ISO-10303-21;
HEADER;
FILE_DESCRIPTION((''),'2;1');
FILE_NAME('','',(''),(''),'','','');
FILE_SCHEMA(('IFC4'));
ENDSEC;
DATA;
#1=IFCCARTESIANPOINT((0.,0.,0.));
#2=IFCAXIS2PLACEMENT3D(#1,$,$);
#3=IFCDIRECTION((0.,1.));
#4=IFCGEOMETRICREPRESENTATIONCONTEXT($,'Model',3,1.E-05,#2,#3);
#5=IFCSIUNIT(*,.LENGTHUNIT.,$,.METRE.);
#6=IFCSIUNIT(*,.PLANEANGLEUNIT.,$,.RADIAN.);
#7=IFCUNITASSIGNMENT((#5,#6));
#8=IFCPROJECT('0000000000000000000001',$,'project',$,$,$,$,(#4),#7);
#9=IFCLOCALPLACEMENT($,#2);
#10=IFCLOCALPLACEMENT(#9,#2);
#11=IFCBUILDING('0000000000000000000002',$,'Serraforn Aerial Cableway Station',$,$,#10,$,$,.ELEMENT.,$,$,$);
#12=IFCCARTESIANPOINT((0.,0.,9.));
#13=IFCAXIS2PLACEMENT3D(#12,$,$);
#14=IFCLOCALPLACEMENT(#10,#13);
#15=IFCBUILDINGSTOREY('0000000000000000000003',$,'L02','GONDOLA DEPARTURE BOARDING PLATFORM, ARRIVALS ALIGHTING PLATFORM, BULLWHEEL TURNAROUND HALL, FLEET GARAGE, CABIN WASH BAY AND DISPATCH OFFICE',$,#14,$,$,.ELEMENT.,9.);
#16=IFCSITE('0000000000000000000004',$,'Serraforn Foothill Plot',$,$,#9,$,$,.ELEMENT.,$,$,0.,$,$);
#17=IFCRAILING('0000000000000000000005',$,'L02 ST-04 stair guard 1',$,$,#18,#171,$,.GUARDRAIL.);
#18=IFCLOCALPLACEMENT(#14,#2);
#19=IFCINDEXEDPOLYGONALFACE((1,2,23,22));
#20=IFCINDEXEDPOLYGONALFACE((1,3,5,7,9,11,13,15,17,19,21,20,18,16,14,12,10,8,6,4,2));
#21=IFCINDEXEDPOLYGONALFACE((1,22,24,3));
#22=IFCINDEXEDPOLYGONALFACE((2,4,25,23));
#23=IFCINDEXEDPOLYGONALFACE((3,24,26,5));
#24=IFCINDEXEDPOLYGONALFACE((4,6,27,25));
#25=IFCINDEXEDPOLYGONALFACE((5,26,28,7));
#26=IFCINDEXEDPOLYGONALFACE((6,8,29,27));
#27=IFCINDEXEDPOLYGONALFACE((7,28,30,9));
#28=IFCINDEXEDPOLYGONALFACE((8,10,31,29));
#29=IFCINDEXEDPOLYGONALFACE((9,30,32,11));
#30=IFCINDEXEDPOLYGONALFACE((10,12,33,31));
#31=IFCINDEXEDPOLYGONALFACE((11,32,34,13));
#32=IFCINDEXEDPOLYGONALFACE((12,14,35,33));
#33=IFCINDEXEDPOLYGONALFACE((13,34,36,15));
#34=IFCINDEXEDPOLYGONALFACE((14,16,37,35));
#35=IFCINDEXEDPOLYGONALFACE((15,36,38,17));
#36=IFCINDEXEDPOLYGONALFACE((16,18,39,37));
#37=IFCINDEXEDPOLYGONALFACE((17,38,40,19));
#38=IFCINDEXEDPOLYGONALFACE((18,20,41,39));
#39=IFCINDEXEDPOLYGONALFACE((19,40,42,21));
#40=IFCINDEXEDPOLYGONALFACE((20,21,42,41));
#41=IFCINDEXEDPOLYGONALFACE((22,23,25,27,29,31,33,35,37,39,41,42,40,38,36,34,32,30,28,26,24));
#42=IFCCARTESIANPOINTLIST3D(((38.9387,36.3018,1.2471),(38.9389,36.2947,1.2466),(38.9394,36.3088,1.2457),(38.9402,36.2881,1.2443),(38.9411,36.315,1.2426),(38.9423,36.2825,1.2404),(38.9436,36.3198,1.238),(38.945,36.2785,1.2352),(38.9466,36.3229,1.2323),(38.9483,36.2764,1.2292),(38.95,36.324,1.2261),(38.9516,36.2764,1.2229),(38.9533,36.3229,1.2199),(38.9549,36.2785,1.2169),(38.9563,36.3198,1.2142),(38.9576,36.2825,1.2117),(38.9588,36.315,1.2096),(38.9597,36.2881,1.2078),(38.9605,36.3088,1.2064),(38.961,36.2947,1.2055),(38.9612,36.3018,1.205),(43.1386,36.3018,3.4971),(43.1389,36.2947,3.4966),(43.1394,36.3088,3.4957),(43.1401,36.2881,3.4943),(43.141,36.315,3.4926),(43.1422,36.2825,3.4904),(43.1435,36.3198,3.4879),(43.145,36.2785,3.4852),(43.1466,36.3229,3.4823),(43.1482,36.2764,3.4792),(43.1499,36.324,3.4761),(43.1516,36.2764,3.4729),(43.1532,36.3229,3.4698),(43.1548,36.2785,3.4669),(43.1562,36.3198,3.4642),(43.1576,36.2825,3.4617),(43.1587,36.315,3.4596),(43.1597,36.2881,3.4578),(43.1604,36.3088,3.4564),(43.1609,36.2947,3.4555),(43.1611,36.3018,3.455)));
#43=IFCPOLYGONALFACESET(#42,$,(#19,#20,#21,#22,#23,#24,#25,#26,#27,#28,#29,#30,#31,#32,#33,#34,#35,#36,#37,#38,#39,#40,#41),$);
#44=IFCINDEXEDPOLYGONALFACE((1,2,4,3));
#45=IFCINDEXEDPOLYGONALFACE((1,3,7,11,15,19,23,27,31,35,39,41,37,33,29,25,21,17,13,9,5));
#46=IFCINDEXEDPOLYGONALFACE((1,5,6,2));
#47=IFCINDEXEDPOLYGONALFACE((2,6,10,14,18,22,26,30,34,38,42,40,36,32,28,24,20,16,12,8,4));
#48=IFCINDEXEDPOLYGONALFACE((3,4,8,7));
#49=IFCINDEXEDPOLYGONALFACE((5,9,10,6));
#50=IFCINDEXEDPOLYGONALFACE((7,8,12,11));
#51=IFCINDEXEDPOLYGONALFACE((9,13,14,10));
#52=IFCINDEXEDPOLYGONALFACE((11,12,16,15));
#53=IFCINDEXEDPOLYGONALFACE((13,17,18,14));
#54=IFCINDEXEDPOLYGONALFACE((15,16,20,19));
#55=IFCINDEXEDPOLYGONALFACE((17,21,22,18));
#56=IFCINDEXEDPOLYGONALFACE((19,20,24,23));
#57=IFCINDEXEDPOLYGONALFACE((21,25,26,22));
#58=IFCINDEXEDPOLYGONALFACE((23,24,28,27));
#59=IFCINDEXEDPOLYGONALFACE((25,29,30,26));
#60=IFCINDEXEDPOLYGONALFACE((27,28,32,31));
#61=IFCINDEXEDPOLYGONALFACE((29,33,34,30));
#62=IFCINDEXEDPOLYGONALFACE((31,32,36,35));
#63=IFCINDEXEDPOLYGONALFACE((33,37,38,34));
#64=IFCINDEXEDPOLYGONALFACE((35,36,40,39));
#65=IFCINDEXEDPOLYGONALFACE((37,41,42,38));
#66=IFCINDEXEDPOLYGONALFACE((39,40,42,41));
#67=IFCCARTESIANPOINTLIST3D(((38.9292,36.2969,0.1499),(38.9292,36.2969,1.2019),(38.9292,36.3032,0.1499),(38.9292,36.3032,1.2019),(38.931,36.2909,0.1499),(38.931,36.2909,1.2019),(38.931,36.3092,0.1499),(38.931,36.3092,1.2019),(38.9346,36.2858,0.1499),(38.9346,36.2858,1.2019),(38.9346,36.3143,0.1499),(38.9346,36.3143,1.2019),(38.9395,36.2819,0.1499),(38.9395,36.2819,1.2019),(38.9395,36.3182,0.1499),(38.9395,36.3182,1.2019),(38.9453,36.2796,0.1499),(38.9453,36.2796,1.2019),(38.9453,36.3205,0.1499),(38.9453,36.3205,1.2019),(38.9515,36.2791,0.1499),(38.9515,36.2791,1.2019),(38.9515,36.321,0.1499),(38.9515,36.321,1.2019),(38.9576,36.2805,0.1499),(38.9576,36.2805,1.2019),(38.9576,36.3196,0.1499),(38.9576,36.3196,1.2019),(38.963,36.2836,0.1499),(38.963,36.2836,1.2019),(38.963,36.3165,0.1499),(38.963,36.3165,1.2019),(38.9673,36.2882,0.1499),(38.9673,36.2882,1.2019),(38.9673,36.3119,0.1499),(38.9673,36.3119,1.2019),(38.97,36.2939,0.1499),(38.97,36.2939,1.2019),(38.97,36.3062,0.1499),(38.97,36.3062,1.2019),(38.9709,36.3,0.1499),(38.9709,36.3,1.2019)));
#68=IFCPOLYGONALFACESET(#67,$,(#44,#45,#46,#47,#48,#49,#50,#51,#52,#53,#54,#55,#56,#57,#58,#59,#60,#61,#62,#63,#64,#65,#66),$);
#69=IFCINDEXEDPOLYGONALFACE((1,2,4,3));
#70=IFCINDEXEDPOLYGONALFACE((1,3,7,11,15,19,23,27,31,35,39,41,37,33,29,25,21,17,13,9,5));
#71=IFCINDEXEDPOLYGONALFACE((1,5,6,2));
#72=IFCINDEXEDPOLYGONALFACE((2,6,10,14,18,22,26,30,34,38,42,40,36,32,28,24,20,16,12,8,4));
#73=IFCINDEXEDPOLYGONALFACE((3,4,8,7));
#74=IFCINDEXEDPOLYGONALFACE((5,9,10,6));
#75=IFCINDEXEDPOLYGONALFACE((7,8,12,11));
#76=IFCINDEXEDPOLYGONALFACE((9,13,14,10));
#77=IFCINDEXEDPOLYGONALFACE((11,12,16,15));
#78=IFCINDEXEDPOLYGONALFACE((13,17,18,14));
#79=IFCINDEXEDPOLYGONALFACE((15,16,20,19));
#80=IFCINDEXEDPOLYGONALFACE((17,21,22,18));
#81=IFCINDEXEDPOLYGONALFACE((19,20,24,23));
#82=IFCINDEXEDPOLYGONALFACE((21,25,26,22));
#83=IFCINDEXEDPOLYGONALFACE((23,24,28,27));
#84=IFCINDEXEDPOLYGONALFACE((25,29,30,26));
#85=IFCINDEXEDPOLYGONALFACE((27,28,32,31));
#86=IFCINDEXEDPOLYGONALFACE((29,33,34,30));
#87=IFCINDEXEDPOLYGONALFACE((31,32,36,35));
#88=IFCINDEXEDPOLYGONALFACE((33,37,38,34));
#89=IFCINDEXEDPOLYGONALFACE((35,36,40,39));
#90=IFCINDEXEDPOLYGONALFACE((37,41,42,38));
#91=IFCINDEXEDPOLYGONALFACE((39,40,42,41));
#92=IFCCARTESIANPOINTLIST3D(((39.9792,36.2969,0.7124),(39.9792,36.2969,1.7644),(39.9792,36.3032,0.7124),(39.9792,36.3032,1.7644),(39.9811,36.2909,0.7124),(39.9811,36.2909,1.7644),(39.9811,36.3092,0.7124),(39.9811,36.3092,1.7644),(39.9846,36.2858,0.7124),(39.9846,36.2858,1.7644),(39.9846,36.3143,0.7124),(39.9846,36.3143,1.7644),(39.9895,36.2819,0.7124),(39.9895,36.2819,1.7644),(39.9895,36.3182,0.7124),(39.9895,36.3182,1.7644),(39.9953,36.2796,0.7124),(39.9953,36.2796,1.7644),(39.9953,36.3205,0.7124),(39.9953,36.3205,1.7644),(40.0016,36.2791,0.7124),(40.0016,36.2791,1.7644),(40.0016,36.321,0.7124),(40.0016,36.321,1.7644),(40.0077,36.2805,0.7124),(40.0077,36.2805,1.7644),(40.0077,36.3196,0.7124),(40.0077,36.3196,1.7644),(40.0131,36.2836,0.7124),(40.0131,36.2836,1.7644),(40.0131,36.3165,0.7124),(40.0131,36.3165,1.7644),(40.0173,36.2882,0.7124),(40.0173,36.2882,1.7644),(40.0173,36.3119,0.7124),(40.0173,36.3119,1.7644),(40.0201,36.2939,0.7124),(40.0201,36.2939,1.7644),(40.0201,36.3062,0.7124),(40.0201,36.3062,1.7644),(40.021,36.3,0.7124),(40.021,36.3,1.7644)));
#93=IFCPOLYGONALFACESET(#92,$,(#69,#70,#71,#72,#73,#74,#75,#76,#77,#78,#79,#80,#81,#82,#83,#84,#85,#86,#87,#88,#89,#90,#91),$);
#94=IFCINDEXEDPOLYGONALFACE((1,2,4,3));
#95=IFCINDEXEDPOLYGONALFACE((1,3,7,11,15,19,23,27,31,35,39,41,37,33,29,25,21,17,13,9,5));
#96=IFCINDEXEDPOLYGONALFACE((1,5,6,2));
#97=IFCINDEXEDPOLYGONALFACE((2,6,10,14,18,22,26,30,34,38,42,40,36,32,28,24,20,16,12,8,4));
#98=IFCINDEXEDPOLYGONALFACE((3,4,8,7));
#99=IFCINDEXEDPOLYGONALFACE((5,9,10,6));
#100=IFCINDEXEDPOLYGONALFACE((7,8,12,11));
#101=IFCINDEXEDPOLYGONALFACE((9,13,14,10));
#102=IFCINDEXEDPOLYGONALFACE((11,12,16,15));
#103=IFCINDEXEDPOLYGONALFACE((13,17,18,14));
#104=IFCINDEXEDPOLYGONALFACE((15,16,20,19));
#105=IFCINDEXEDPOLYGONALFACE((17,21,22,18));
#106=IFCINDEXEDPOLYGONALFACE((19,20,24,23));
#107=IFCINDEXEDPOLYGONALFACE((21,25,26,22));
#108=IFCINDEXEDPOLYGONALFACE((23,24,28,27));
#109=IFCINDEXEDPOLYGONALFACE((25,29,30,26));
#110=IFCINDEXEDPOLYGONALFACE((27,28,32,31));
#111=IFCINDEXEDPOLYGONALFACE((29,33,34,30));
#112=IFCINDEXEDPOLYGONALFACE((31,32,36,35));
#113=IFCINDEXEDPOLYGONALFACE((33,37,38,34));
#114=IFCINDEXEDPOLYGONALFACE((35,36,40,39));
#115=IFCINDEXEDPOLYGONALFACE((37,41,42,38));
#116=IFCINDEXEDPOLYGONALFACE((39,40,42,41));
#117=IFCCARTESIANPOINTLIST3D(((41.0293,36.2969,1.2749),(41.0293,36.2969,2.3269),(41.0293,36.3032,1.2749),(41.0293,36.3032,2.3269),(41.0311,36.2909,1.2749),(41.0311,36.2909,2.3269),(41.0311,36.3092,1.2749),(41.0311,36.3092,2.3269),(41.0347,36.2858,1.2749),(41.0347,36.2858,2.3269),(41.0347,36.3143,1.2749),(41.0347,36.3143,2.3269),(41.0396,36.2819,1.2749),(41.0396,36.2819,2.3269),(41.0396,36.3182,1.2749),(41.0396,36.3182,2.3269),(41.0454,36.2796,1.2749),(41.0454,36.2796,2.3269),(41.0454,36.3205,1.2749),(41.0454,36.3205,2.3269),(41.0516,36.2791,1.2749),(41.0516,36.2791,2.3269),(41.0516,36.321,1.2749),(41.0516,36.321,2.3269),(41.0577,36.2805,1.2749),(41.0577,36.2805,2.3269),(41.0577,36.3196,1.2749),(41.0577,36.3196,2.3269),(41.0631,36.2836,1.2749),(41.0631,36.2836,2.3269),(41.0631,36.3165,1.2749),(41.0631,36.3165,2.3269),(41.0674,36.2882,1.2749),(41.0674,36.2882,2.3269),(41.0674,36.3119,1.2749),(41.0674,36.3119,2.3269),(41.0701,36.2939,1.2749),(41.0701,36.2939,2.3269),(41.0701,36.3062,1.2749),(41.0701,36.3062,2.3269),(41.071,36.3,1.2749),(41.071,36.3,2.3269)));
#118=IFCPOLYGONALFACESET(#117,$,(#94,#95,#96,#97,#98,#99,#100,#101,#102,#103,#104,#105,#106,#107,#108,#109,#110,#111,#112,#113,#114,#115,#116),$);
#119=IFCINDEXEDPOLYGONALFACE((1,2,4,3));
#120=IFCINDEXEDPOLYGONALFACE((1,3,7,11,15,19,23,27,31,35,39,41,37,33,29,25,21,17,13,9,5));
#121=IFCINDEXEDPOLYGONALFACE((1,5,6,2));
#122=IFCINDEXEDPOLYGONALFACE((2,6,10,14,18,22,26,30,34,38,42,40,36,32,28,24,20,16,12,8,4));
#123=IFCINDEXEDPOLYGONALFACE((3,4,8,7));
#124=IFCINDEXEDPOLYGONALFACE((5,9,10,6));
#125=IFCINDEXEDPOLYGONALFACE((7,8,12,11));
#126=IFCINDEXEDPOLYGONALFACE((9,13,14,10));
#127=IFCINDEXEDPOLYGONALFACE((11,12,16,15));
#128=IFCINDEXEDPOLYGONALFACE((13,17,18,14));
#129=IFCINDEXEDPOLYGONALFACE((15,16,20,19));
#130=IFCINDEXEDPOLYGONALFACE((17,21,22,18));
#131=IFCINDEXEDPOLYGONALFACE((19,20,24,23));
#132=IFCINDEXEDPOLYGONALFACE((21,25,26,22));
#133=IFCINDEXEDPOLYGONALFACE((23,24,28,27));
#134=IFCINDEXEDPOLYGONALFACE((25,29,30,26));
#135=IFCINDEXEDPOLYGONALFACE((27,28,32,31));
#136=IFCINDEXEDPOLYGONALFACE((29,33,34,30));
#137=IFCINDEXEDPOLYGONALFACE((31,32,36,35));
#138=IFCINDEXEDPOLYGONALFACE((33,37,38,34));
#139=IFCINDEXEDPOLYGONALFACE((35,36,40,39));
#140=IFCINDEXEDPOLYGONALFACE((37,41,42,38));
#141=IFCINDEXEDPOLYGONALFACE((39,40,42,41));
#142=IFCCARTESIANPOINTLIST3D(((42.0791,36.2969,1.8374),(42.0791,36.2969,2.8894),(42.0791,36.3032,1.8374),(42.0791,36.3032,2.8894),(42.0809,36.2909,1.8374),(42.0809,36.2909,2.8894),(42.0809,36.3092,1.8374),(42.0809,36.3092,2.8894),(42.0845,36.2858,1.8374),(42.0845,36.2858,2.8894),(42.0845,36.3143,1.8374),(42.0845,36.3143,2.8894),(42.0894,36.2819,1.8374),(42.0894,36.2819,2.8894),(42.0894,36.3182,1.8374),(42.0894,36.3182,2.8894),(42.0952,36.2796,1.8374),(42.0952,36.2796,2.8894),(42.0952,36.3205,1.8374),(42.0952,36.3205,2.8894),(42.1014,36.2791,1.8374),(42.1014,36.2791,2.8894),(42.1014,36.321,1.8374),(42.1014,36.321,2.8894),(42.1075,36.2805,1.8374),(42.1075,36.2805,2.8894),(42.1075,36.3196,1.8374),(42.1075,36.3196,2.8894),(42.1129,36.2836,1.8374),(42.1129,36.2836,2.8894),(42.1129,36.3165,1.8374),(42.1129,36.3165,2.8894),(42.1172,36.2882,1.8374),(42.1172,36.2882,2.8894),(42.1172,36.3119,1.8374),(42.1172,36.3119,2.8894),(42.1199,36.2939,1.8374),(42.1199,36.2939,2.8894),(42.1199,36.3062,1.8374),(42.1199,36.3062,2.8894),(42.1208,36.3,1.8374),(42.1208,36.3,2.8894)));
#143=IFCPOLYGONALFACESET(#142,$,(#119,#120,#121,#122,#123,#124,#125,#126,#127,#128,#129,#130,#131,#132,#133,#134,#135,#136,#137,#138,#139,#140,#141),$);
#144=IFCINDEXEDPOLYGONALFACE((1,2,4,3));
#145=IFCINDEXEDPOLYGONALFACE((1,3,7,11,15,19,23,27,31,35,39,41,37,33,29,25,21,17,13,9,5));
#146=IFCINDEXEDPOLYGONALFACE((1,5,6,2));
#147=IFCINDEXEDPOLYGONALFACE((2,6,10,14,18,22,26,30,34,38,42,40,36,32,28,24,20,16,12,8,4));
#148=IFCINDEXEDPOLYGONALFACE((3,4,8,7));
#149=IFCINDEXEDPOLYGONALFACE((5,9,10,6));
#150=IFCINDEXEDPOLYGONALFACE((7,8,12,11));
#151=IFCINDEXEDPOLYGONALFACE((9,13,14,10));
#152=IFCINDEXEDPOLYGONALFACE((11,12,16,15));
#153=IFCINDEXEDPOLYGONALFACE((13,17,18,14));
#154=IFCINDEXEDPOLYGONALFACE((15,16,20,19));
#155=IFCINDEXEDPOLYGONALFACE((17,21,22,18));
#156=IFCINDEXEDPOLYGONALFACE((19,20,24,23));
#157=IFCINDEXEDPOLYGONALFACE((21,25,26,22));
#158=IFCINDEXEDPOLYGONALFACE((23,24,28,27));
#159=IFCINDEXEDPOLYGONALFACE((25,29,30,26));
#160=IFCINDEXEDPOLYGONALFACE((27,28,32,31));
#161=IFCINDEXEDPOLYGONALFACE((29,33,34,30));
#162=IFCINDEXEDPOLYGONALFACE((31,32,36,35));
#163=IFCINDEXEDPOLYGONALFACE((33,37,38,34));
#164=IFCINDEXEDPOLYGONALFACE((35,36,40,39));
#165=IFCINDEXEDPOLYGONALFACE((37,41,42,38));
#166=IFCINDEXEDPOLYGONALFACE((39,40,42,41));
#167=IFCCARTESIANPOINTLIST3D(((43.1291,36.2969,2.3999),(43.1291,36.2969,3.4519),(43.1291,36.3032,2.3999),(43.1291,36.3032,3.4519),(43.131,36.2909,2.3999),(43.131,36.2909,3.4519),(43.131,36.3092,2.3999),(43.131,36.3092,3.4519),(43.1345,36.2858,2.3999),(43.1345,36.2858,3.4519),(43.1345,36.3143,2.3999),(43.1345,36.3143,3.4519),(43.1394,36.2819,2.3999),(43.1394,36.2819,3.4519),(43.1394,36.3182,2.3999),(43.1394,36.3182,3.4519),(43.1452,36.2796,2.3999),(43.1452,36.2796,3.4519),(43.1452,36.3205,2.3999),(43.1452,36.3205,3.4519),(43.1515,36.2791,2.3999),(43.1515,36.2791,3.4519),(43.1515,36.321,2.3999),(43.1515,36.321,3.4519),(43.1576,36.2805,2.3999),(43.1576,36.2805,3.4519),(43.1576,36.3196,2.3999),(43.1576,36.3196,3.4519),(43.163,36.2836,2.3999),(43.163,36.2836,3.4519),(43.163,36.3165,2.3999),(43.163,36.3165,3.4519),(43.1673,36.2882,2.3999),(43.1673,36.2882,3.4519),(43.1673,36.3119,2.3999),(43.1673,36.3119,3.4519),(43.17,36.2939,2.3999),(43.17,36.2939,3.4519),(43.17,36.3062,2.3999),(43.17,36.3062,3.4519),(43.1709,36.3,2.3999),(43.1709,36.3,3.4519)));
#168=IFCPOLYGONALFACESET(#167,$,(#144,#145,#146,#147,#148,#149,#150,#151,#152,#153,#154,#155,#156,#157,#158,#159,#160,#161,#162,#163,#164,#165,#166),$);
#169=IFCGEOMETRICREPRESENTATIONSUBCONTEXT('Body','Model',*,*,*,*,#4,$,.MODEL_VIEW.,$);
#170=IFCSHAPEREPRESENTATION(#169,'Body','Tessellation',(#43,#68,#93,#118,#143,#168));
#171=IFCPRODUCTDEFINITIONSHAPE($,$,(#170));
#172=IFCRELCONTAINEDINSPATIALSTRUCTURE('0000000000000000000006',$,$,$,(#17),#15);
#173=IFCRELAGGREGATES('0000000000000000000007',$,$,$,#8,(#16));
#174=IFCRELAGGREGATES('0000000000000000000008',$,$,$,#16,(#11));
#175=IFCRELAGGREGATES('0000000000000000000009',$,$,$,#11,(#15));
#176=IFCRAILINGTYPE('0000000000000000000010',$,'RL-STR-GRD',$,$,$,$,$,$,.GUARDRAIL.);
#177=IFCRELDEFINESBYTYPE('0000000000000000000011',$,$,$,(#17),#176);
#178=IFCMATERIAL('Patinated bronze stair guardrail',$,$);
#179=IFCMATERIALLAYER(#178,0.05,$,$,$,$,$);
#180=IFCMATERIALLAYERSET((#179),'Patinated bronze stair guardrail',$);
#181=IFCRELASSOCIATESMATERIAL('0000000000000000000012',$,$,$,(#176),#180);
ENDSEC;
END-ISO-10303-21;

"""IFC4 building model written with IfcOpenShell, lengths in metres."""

from ifc_helpers import new_model, si_unit, direction, frame, origin, origin_2d, place, context, subcontext, project, spatial, circle, extrude, material, layer, layer_set, type_object, element, save


model = new_model("IFC4")

# Units and contexts
model_context = context("Model", 3, precision=1e-05, world=origin(), true_north=direction((0.0, 1.0)))
body_context = subcontext(model_context, "Body", "Model", "MODEL_VIEW")
ifc_project = project(units=[si_unit("LENGTHUNIT", "METRE"), si_unit("PLANEANGLEUNIT", "RADIAN")], contexts=[model_context])

# Site, building, storey
site_placement = place(None, origin())
site = spatial("IfcSite", under=ifc_project, at=site_placement, Name="Serraforn Foothill Plot", CompositionType="ELEMENT", RefElevation=0.0)
building_placement = place(site_placement, origin())
building = spatial("IfcBuilding", under=site, at=building_placement, Name="Serraforn Aerial Cableway Station", CompositionType="ELEMENT")
storey_placement = place(building_placement, frame((0.0, 0.0, 9.0)))
storey = spatial("IfcBuildingStorey", under=building, at=storey_placement, Name="L02", Description="GONDOLA DEPARTURE BOARDING PLATFORM, ARRIVALS ALIGHTING PLATFORM, BULLWHEEL TURNAROUND HALL, FLEET GARAGE, CABIN WASH BAY AND DISPATCH OFFICE", CompositionType="ELEMENT", Elevation=9.0)

# Railing
ifc_material_1 = material(Name="Patinated bronze stair guardrail")
ifc_layer_1 = layer(ifc_material_1, 0.05)
ifc_layer_set_1 = layer_set([ifc_layer_1], Name="Patinated bronze stair guardrail")
railing_type_1 = type_object("IfcRailingType", Name="RL-STR-GRD", PredefinedType="GUARDRAIL", material=ifc_layer_set_1)
railing_1_placement = place(storey_placement, frame((38.95, 36.3, 0.1499)))
element("IfcRailing", 1, at=railing_1_placement, inside=storey, type_object=railing_type_1, Name="L02 ST-04 stair guard 1", PredefinedType="GUARDRAIL", context=body_context, shape_type="SweptSolid", body=[
    extrude(circle(Radius=0.0239, at=origin_2d()), frame((0.0, 0.0, 1.0762), z_axis=(0.881478, 0.0, 0.472226), x_axis=(0.0, 1.0, 0.0)), (0.0, 0.0, 1.0), 4.7646),
    extrude(circle(Radius=0.021, at=origin_2d()), origin(), (0.0, 0.0, 1.0), 1.052),
    extrude(circle(Radius=0.021, at=origin_2d()), frame((1.05, 0.0, 0.5625)), (0.0, 0.0, 1.0), 1.052),
    extrude(circle(Radius=0.021, at=origin_2d()), frame((2.1001, 0.0, 1.125)), (0.0, 0.0, 1.0), 1.052),
    extrude(circle(Radius=0.021, at=origin_2d()), frame((3.1499, 0.0, 1.6875)), (0.0, 0.0, 1.0), 1.052),
    extrude(circle(Radius=0.021, at=origin_2d()), frame((4.2, 0.0, 2.25)), (0.0, 0.0, 1.0), 1.052),
])

save(model, "model.ifc")
